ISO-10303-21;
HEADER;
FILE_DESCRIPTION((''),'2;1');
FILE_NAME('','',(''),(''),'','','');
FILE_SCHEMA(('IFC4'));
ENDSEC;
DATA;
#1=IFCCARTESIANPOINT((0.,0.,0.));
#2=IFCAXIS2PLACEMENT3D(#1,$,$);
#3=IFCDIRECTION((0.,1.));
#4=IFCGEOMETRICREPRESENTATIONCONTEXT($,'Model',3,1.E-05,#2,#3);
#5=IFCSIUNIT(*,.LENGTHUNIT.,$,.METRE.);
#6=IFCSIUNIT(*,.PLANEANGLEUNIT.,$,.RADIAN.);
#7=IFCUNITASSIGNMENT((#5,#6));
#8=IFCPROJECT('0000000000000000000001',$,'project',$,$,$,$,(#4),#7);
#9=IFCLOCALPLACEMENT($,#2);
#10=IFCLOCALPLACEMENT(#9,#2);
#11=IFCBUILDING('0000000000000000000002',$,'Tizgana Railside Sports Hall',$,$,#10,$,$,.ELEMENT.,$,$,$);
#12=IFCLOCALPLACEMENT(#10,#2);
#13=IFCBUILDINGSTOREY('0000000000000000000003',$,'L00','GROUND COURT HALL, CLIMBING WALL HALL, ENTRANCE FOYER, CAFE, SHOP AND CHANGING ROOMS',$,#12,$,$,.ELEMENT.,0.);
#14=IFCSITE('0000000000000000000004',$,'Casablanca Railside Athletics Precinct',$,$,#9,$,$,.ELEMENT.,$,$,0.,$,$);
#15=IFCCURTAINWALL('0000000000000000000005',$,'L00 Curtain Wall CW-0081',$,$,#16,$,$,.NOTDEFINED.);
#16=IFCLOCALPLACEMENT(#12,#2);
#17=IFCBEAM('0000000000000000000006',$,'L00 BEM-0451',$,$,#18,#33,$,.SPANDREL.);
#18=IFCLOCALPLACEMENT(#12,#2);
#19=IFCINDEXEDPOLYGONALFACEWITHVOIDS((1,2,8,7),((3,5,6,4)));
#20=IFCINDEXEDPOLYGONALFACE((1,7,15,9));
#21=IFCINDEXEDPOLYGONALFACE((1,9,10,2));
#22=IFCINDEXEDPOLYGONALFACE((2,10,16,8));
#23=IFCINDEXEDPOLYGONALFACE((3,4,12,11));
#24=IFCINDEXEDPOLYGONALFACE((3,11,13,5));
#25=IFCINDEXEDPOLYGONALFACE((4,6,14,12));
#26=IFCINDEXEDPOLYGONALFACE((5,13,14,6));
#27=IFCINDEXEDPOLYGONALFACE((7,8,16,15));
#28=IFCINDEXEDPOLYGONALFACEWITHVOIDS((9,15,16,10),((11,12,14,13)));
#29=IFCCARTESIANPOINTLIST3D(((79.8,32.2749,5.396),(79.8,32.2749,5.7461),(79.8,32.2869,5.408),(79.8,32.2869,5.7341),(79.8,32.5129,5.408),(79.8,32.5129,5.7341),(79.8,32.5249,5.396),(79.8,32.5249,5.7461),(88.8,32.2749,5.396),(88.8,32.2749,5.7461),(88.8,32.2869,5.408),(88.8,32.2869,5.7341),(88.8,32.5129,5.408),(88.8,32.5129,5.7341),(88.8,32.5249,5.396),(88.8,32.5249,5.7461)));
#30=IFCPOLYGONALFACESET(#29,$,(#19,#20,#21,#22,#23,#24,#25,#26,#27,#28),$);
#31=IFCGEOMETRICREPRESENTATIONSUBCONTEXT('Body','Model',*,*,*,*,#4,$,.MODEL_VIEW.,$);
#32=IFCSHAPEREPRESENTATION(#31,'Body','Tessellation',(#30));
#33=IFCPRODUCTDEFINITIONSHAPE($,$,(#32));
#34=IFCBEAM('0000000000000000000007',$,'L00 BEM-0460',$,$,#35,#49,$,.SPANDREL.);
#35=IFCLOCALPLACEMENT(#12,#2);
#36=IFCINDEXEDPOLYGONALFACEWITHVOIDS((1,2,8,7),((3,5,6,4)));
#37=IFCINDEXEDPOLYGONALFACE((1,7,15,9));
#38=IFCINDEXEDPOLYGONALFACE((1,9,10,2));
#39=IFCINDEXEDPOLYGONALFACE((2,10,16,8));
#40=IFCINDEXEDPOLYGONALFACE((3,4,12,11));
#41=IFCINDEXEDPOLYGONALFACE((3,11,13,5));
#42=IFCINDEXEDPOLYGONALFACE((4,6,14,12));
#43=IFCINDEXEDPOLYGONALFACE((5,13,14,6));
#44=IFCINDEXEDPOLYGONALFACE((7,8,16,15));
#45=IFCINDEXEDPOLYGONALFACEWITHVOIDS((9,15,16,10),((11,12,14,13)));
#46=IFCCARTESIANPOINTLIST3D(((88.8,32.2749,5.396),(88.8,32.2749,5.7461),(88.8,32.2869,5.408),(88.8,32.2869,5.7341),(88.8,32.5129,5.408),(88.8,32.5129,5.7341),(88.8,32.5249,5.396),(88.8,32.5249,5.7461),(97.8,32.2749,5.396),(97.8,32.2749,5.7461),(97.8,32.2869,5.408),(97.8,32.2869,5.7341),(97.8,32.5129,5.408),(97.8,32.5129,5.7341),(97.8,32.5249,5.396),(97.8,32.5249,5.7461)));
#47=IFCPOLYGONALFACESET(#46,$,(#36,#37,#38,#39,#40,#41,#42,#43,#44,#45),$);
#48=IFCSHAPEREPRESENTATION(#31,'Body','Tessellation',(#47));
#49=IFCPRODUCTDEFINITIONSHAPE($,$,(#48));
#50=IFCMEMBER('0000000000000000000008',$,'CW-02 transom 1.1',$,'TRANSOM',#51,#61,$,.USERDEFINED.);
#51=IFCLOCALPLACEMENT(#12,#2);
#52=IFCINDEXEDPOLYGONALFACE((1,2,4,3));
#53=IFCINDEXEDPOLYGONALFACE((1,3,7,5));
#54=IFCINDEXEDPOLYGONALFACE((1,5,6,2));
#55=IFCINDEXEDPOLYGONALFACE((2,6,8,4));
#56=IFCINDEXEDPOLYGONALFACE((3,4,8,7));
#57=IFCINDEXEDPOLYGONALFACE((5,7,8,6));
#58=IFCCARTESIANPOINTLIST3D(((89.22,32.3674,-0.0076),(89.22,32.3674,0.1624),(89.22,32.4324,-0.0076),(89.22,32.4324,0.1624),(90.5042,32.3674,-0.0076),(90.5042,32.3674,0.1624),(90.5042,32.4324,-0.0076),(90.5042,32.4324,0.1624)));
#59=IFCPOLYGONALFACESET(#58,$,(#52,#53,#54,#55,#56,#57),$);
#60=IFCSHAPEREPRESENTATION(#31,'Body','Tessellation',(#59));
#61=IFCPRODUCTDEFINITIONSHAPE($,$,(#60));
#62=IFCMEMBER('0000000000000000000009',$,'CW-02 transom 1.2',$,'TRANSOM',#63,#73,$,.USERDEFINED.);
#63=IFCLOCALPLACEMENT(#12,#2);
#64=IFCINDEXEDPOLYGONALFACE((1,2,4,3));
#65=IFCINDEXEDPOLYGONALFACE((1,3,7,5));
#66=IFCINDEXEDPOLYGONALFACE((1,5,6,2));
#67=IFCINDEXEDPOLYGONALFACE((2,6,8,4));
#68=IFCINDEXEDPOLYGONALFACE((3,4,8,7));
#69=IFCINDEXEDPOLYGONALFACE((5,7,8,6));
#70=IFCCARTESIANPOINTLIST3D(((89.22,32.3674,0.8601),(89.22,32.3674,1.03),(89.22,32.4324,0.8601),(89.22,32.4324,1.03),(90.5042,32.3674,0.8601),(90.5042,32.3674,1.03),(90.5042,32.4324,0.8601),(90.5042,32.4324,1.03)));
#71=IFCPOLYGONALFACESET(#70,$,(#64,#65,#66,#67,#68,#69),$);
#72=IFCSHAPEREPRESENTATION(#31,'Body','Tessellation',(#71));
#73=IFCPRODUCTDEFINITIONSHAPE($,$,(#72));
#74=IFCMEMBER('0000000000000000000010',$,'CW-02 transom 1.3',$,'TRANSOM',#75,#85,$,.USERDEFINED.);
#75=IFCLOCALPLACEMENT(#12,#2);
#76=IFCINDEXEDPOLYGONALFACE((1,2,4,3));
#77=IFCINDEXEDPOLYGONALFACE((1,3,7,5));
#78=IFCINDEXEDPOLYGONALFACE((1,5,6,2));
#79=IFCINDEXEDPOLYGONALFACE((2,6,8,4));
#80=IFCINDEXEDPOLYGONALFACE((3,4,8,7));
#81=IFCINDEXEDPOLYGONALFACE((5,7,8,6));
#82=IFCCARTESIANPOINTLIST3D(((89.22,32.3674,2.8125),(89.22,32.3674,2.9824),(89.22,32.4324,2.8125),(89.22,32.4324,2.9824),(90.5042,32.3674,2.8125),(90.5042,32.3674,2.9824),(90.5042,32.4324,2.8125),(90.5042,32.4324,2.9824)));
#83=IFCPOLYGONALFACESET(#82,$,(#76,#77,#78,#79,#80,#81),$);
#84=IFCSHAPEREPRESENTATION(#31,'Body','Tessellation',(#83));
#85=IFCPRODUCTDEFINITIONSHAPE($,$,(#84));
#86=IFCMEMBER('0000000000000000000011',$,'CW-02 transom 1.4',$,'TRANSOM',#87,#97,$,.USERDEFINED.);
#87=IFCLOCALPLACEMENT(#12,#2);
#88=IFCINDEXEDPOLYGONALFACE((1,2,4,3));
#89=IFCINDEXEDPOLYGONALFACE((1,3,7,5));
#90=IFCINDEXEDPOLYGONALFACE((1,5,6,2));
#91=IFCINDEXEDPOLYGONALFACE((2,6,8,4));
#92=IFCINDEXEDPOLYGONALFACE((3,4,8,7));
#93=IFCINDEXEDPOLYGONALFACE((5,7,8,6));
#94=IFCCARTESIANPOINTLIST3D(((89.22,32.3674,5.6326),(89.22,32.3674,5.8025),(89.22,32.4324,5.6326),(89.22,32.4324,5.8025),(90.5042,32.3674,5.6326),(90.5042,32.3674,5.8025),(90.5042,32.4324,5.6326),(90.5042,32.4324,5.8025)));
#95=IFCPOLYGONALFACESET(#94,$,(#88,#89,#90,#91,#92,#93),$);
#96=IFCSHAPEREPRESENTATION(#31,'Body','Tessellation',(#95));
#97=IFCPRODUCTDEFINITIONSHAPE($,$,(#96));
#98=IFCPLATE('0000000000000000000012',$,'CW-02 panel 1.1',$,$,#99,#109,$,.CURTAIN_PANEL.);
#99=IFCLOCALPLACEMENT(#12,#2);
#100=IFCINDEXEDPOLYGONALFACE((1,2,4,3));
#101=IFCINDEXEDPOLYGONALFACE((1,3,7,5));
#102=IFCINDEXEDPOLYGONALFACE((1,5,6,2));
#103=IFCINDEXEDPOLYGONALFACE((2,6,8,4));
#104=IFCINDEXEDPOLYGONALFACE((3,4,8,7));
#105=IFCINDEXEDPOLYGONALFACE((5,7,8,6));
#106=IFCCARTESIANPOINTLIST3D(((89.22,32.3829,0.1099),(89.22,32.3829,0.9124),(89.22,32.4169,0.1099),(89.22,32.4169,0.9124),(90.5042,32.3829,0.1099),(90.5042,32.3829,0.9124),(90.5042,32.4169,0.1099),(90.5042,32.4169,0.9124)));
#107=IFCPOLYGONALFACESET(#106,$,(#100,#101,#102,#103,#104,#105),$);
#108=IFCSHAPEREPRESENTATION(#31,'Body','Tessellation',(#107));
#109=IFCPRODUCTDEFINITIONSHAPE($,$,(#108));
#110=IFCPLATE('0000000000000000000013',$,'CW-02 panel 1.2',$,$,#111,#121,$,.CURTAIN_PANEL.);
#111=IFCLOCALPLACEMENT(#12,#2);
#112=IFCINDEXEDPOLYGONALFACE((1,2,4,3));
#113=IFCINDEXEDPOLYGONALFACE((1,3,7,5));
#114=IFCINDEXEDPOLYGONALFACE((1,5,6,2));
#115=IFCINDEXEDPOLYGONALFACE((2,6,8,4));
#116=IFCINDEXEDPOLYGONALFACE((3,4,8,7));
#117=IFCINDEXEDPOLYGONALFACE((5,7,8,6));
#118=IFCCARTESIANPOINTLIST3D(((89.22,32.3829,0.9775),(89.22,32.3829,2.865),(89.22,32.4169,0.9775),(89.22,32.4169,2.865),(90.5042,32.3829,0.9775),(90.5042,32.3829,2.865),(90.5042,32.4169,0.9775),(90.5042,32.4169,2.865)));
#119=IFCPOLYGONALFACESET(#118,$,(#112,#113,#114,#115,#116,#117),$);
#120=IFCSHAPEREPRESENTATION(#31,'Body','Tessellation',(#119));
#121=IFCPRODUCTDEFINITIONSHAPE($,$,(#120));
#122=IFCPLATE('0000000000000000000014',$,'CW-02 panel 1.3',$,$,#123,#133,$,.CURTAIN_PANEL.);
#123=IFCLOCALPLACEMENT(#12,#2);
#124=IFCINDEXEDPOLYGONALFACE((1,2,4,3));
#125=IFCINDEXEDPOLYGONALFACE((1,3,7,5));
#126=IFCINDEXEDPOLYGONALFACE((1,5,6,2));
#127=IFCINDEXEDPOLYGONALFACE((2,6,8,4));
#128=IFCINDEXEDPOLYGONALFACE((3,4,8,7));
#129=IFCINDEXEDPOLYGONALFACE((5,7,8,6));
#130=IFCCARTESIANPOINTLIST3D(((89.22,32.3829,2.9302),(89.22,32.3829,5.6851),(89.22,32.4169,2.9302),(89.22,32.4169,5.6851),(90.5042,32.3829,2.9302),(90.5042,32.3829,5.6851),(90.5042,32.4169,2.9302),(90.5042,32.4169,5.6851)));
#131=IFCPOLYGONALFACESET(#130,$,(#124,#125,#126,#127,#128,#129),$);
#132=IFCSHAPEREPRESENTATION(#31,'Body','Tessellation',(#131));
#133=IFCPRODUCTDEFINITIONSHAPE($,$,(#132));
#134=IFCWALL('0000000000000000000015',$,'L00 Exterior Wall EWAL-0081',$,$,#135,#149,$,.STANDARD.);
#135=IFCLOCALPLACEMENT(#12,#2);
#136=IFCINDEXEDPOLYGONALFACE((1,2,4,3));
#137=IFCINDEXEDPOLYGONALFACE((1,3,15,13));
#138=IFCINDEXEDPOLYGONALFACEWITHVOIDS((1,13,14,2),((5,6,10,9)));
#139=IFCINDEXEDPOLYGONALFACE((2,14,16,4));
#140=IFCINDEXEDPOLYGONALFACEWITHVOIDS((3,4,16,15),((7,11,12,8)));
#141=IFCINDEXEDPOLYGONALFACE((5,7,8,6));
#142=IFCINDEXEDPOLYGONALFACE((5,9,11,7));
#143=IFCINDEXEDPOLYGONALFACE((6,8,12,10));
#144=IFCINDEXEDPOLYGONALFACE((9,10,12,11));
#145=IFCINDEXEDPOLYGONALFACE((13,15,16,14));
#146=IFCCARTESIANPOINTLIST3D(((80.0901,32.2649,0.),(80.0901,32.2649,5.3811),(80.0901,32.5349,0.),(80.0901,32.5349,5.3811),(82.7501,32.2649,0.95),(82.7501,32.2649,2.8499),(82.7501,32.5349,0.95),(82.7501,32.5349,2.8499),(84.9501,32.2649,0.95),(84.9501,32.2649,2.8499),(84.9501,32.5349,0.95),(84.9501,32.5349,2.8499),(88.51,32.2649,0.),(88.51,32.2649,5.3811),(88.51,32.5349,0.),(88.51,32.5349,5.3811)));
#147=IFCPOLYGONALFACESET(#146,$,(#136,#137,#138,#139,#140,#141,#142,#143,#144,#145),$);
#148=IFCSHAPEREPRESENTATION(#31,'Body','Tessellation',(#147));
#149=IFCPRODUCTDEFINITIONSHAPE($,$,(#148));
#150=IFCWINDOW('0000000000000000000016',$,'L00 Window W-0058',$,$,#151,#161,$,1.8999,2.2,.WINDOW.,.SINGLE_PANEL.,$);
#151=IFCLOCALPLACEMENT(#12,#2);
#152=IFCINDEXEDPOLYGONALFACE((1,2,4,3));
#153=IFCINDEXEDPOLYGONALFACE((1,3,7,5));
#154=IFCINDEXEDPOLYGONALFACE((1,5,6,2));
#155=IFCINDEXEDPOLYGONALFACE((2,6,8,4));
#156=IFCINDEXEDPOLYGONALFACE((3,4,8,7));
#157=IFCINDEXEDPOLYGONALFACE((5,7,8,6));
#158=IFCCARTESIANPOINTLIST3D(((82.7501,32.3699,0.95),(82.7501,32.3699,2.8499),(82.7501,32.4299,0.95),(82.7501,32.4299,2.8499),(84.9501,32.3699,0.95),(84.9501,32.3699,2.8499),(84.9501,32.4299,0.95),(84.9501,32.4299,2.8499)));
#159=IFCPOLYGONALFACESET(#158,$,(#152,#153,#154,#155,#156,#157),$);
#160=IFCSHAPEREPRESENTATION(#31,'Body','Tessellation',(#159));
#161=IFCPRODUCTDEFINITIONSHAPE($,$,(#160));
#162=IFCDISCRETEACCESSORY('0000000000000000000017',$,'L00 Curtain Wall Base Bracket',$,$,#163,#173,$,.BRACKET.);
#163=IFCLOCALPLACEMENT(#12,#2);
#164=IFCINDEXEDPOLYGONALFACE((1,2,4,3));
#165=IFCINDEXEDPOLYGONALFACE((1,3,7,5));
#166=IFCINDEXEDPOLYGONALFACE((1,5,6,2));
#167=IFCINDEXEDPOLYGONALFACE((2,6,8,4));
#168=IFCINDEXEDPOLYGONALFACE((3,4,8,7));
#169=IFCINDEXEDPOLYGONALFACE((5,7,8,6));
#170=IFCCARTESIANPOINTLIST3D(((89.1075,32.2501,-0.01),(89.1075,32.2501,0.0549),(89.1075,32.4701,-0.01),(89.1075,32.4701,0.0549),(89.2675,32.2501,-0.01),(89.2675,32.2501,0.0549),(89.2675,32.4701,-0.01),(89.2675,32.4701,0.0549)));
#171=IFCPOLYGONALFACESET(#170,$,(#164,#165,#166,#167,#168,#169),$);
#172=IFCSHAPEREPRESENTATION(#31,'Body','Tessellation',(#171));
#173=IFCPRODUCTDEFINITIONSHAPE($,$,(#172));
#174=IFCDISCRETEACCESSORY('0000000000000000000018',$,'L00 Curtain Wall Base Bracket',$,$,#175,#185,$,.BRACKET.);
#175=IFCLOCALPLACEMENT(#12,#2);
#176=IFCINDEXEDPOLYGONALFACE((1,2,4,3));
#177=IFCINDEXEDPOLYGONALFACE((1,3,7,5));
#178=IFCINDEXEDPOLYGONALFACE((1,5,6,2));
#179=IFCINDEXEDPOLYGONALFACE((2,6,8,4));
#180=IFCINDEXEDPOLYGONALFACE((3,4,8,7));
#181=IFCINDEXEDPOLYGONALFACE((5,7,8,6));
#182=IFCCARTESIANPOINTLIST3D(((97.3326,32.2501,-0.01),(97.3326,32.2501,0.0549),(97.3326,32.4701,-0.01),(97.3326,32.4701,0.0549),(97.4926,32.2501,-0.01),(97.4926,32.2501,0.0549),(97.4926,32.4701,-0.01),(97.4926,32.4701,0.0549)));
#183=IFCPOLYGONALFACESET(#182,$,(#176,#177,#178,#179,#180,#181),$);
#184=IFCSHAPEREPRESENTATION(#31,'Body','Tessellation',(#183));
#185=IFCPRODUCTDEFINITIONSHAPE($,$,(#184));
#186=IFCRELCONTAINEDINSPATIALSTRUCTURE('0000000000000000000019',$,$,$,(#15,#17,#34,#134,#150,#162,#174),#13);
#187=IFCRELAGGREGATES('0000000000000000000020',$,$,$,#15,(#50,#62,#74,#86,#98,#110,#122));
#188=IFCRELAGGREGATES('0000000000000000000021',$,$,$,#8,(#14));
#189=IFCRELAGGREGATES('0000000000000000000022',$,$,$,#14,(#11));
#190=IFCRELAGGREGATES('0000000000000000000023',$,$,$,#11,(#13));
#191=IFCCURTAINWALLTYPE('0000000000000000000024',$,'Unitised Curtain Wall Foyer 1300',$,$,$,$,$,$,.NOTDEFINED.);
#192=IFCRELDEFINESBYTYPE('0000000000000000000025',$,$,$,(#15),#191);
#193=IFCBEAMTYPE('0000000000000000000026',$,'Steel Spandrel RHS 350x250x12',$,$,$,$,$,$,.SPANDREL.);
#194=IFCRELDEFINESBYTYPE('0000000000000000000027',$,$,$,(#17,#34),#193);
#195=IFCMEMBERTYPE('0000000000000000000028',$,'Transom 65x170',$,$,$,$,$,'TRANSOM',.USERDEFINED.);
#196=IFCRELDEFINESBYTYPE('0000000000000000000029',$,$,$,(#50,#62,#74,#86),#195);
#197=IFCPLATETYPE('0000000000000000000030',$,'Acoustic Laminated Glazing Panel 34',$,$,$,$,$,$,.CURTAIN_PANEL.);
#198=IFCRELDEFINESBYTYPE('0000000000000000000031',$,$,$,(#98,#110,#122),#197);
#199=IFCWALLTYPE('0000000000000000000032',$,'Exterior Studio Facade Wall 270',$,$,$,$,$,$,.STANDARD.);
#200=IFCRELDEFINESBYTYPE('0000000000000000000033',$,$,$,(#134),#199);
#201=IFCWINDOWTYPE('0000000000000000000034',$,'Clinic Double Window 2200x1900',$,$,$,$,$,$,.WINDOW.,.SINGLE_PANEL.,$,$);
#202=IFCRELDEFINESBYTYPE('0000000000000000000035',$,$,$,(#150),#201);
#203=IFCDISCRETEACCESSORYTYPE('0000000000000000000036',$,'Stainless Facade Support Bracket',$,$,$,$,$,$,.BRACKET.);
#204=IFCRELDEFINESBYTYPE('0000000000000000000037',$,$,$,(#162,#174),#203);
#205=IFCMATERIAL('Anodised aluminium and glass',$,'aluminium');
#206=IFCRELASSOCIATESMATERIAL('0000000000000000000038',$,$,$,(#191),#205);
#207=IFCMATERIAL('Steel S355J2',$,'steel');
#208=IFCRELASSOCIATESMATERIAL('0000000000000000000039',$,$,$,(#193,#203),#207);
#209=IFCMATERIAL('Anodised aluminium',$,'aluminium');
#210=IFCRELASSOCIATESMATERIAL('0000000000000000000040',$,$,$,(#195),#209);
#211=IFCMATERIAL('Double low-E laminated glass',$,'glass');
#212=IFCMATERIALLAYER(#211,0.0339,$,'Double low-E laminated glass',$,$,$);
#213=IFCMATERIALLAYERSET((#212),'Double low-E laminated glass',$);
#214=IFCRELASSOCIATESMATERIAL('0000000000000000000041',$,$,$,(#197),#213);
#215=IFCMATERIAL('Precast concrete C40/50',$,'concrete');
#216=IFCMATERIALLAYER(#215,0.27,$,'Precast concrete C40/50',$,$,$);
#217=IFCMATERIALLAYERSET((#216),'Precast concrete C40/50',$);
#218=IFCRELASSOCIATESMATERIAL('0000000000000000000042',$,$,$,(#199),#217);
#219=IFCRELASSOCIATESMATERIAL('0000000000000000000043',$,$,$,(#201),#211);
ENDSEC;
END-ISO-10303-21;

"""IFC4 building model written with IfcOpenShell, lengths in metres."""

from ifc_helpers import new_model, si_unit, direction, frame, frame_2d, origin, origin_2d, place, context, subcontext, project, spatial, rectangle, hollow_rectangle, extrude, material, layer, layer_set, material_profile, profile_set, type_object, element, fill, aggregate, save


model = new_model("IFC4")

# Units and contexts
model_context = context("Model", 3, precision=1e-05, world=origin(), true_north=direction((0.0, 1.0)))
body_context = subcontext(model_context, "Body", "Model", "MODEL_VIEW")
ifc_project = project(units=[si_unit("LENGTHUNIT", "METRE"), si_unit("PLANEANGLEUNIT", "RADIAN")], contexts=[model_context])

# Site, building, storey
site_placement = place(None, origin())
site = spatial("IfcSite", under=ifc_project, at=site_placement, Name="Casablanca Railside Athletics Precinct", CompositionType="ELEMENT", RefElevation=0.0)
building_placement = place(site_placement, origin())
building = spatial("IfcBuilding", under=site, at=building_placement, Name="Tizgana Railside Sports Hall", CompositionType="ELEMENT")
storey_placement = place(building_placement, origin())
storey = spatial("IfcBuildingStorey", under=building, at=storey_placement, Name="L00", Description="GROUND COURT HALL, CLIMBING WALL HALL, ENTRANCE FOYER, CAFE, SHOP AND CHANGING ROOMS", CompositionType="ELEMENT", Elevation=0.0)

# Curtain wall
ifc_material_1 = material(Name="Anodised aluminium and glass", Category="aluminium")
curtain_wall_type = type_object("IfcCurtainWallType", Name="Unitised Curtain Wall Foyer 1300", PredefinedType="NOTDEFINED", material=ifc_material_1)
curtain_wall_placement = place(storey_placement, origin())
curtain_wall = element("IfcCurtainWall", 1, at=curtain_wall_placement, inside=storey, type_object=curtain_wall_type, Name="L00 Curtain Wall CW-0081", PredefinedType="NOTDEFINED")
ifc_material_2 = material(Name="Anodised aluminium", Category="aluminium")

# Beams
ifc_material_3 = material(Name="Steel S355J2", Category="steel")
ifc_material_profile_1 = material_profile(ifc_material_3, hollow_rectangle(XDim=0.25, YDim=0.3501, WallThickness=0.012, at=origin_2d()), Name="RHS 350x250x12")
ifc_profile_set_1 = profile_set([ifc_material_profile_1], Name="Steel S355J2")
beam_type_1 = type_object("IfcBeamType", Name="Steel Spandrel RHS 350x250x12", PredefinedType="SPANDREL", material=ifc_profile_set_1)
for number, where, z_axis, x_axis, name in (
    (2, (79.8, 32.3999, 5.571), (1.0, 0.0, 0.0), (0.0, 1.0, 0.0), "L00 BEM-0451"),
    (3, (88.8, 32.3999, 5.571), (1.0, 0.0, 0.0), (0.0, 1.0, 0.0), "L00 BEM-0460"),
):
    element("IfcBeam", number, at=place(storey_placement, frame(where, z_axis=z_axis, x_axis=x_axis)), inside=storey, type_object=beam_type_1, Name=name, PredefinedType="SPANDREL", context=body_context, shape_type="SweptSolid", body=[
        extrude(hollow_rectangle(XDim=0.25, YDim=0.3501, WallThickness=0.012, at=origin_2d()), origin(), (0.0, 0.0, 1.0), 9.0),
    ])

# Members
ifc_material_profile_2 = material_profile(ifc_material_2, rectangle(XDim=0.0649, YDim=0.1699, at=origin_2d()), Name="Transom 65x170")
ifc_profile_set_2 = profile_set([ifc_material_profile_2], Name="Anodised aluminium")
member_type_1 = type_object("IfcMemberType", Name="Transom 65x170", ElementType="TRANSOM", PredefinedType="USERDEFINED", material=ifc_profile_set_2)
member_1_placement = place(storey_placement, frame((89.22, 32.3999, 0.0774), z_axis=(1.0, 0.0, 0.0), x_axis=(0.0, 1.0, 0.0)))
member_1 = element("IfcMember", 4, at=member_1_placement, type_object=member_type_1, Name="CW-02 transom 1.1", ObjectType="TRANSOM", PredefinedType="USERDEFINED", context=body_context, shape_type="SweptSolid", body=[
    extrude(rectangle(XDim=0.0649, YDim=0.1699, at=origin_2d()), origin(), (0.0, 0.0, 1.0), 1.2842),
])
member_2_placement = place(storey_placement, frame((89.22, 32.3999, 0.9451), z_axis=(1.0, 0.0, 0.0), x_axis=(0.0, 1.0, 0.0)))
member_2 = element("IfcMember", 5, at=member_2_placement, type_object=member_type_1, Name="CW-02 transom 1.2", ObjectType="TRANSOM", PredefinedType="USERDEFINED", context=body_context, shape_type="SweptSolid", body=[
    extrude(rectangle(XDim=0.0649, YDim=0.1699, at=origin_2d()), origin(), (0.0, 0.0, 1.0), 1.2842),
])
member_3_placement = place(storey_placement, frame((89.22, 32.3999, 2.8975), z_axis=(1.0, 0.0, 0.0), x_axis=(0.0, 1.0, 0.0)))
member_3 = element("IfcMember", 6, at=member_3_placement, type_object=member_type_1, Name="CW-02 transom 1.3", ObjectType="TRANSOM", PredefinedType="USERDEFINED", context=body_context, shape_type="SweptSolid", body=[
    extrude(rectangle(XDim=0.0649, YDim=0.1699, at=origin_2d()), origin(), (0.0, 0.0, 1.0), 1.2842),
])
member_4_placement = place(storey_placement, frame((89.22, 32.3999, 5.7175), z_axis=(1.0, 0.0, 0.0), x_axis=(0.0, 1.0, 0.0)))
member_4 = element("IfcMember", 7, at=member_4_placement, type_object=member_type_1, Name="CW-02 transom 1.4", ObjectType="TRANSOM", PredefinedType="USERDEFINED", context=body_context, shape_type="SweptSolid", body=[
    extrude(rectangle(XDim=0.0649, YDim=0.1699, at=origin_2d()), origin(), (0.0, 0.0, 1.0), 1.2842),
])

# Plates
ifc_material_4 = material(Name="Double low-E laminated glass", Category="glass")
ifc_layer_1 = layer(ifc_material_4, 0.0339, Name="Double low-E laminated glass")
ifc_layer_set_1 = layer_set([ifc_layer_1], Name="Double low-E laminated glass")
plate_type = type_object("IfcPlateType", Name="Acoustic Laminated Glazing Panel 34", PredefinedType="CURTAIN_PANEL", material=ifc_layer_set_1)
plate_1_placement = place(storey_placement, frame((89.8621, 32.3999, 0.1099), z_axis=(0.0, 0.0, 1.0), x_axis=(1.0, 0.0, 0.0)))
plate_1 = element("IfcPlate", 8, at=plate_1_placement, type_object=plate_type, Name="CW-02 panel 1.1", PredefinedType="CURTAIN_PANEL", context=body_context, shape_type="SweptSolid", body=[
    extrude(rectangle(XDim=1.2842, YDim=0.0339, at=origin_2d()), origin(), (0.0, 0.0, 1.0), 0.8025),
])
plate_2_placement = place(storey_placement, frame((89.8621, 32.3999, 0.9775), z_axis=(0.0, 0.0, 1.0), x_axis=(1.0, 0.0, 0.0)))
plate_2 = element("IfcPlate", 9, at=plate_2_placement, type_object=plate_type, Name="CW-02 panel 1.2", PredefinedType="CURTAIN_PANEL", context=body_context, shape_type="SweptSolid", body=[
    extrude(rectangle(XDim=1.2842, YDim=0.0339, at=origin_2d()), origin(), (0.0, 0.0, 1.0), 1.8875),
])
plate_3_placement = place(storey_placement, frame((89.8621, 32.3999, 2.9302), z_axis=(0.0, 0.0, 1.0), x_axis=(1.0, 0.0, 0.0)))
plate_3 = element("IfcPlate", 10, at=plate_3_placement, type_object=plate_type, Name="CW-02 panel 1.3", PredefinedType="CURTAIN_PANEL", context=body_context, shape_type="SweptSolid", body=[
    extrude(rectangle(XDim=1.2842, YDim=0.0339, at=origin_2d()), origin(), (0.0, 0.0, 1.0), 2.7549),
])
aggregate(curtain_wall, [member_1, member_2, member_3, member_4, plate_1, plate_2, plate_3])

# Wall, opening, window
ifc_material_5 = material(Name="Precast concrete C40/50", Category="concrete")
ifc_layer_2 = layer(ifc_material_5, 0.27, Name="Precast concrete C40/50")
ifc_layer_set_2 = layer_set([ifc_layer_2], Name="Precast concrete C40/50")
wall_type = type_object("IfcWallType", Name="Exterior Studio Facade Wall 270", PredefinedType="STANDARD", material=ifc_layer_set_2)
wall_placement = place(storey_placement, frame((80.0901, 32.3999, 0.0), z_axis=(0.0, 0.0, 1.0), x_axis=(1.0, 0.0, 0.0)))
wall = element("IfcWall", 11, at=wall_placement, inside=storey, type_object=wall_type, Name="L00 Exterior Wall EWAL-0081", PredefinedType="STANDARD", context=body_context, shape_type="SweptSolid", body=[
    extrude(rectangle(XDim=8.4199, YDim=0.27, at=frame_2d((4.21, 0.0))), origin(), (0.0, 0.0, 1.0), 5.3811),
])
opening_placement = place(wall_placement, frame((2.6599, 0.0, 0.95)))
opening = element("IfcOpeningElement", 12, at=opening_placement, cuts=wall, PredefinedType="OPENING", context=body_context, shape_type="SweptSolid", body=[
    extrude(rectangle(XDim=2.2, YDim=1.8999, at=frame_2d((1.1001, 0.95))), frame((0.0, 0.145, 0.0), z_axis=(0.0, -1.0, 0.0), x_axis=(1.0, 0.0, 0.0)), (0.0, 0.0, 1.0), 0.29),
])
window_type = type_object("IfcWindowType", Name="Clinic Double Window 2200x1900", PartitioningType="SINGLE_PANEL", PredefinedType="WINDOW", material=ifc_material_4)
window_placement = place(opening_placement, origin())
window = element("IfcWindow", 13, at=window_placement, inside=storey, type_object=window_type, Name="L00 Window W-0058", OverallHeight=1.8999, OverallWidth=2.2, PartitioningType="SINGLE_PANEL", PredefinedType="WINDOW", context=body_context, shape_type="SweptSolid", body=[
    extrude(rectangle(XDim=2.2, YDim=1.8999, at=frame_2d((1.1001, 0.95))), frame((0.0, 0.03, 0.0), z_axis=(0.0, -1.0, 0.0), x_axis=(1.0, 0.0, 0.0)), (0.0, 0.0, 1.0), 0.0601),
])
fill(opening, window)

# Discrete accessories
discrete_accessory_type = type_object("IfcDiscreteAccessoryType", Name="Stainless Facade Support Bracket", PredefinedType="BRACKET", material=ifc_material_3)
for number, where, z_axis, x_axis, name in (
    (14, (89.1875, 32.3601, -0.01), (0.0, 0.0, 1.0), (1.0, 0.0, 0.0), "L00 Curtain Wall Base Bracket"),
    (15, (97.4126, 32.3601, -0.01), (0.0, 0.0, 1.0), (1.0, 0.0, 0.0), "L00 Curtain Wall Base Bracket"),
):
    element("IfcDiscreteAccessory", number, at=place(storey_placement, frame(where, z_axis=z_axis, x_axis=x_axis)), inside=storey, type_object=discrete_accessory_type, Name=name, PredefinedType="BRACKET", context=body_context, shape_type="SweptSolid", body=[
        extrude(rectangle(XDim=0.1599, YDim=0.22, at=origin_2d()), origin(), (0.0, 0.0, 1.0), 0.0649),
    ])

save(model, "model.ifc")
